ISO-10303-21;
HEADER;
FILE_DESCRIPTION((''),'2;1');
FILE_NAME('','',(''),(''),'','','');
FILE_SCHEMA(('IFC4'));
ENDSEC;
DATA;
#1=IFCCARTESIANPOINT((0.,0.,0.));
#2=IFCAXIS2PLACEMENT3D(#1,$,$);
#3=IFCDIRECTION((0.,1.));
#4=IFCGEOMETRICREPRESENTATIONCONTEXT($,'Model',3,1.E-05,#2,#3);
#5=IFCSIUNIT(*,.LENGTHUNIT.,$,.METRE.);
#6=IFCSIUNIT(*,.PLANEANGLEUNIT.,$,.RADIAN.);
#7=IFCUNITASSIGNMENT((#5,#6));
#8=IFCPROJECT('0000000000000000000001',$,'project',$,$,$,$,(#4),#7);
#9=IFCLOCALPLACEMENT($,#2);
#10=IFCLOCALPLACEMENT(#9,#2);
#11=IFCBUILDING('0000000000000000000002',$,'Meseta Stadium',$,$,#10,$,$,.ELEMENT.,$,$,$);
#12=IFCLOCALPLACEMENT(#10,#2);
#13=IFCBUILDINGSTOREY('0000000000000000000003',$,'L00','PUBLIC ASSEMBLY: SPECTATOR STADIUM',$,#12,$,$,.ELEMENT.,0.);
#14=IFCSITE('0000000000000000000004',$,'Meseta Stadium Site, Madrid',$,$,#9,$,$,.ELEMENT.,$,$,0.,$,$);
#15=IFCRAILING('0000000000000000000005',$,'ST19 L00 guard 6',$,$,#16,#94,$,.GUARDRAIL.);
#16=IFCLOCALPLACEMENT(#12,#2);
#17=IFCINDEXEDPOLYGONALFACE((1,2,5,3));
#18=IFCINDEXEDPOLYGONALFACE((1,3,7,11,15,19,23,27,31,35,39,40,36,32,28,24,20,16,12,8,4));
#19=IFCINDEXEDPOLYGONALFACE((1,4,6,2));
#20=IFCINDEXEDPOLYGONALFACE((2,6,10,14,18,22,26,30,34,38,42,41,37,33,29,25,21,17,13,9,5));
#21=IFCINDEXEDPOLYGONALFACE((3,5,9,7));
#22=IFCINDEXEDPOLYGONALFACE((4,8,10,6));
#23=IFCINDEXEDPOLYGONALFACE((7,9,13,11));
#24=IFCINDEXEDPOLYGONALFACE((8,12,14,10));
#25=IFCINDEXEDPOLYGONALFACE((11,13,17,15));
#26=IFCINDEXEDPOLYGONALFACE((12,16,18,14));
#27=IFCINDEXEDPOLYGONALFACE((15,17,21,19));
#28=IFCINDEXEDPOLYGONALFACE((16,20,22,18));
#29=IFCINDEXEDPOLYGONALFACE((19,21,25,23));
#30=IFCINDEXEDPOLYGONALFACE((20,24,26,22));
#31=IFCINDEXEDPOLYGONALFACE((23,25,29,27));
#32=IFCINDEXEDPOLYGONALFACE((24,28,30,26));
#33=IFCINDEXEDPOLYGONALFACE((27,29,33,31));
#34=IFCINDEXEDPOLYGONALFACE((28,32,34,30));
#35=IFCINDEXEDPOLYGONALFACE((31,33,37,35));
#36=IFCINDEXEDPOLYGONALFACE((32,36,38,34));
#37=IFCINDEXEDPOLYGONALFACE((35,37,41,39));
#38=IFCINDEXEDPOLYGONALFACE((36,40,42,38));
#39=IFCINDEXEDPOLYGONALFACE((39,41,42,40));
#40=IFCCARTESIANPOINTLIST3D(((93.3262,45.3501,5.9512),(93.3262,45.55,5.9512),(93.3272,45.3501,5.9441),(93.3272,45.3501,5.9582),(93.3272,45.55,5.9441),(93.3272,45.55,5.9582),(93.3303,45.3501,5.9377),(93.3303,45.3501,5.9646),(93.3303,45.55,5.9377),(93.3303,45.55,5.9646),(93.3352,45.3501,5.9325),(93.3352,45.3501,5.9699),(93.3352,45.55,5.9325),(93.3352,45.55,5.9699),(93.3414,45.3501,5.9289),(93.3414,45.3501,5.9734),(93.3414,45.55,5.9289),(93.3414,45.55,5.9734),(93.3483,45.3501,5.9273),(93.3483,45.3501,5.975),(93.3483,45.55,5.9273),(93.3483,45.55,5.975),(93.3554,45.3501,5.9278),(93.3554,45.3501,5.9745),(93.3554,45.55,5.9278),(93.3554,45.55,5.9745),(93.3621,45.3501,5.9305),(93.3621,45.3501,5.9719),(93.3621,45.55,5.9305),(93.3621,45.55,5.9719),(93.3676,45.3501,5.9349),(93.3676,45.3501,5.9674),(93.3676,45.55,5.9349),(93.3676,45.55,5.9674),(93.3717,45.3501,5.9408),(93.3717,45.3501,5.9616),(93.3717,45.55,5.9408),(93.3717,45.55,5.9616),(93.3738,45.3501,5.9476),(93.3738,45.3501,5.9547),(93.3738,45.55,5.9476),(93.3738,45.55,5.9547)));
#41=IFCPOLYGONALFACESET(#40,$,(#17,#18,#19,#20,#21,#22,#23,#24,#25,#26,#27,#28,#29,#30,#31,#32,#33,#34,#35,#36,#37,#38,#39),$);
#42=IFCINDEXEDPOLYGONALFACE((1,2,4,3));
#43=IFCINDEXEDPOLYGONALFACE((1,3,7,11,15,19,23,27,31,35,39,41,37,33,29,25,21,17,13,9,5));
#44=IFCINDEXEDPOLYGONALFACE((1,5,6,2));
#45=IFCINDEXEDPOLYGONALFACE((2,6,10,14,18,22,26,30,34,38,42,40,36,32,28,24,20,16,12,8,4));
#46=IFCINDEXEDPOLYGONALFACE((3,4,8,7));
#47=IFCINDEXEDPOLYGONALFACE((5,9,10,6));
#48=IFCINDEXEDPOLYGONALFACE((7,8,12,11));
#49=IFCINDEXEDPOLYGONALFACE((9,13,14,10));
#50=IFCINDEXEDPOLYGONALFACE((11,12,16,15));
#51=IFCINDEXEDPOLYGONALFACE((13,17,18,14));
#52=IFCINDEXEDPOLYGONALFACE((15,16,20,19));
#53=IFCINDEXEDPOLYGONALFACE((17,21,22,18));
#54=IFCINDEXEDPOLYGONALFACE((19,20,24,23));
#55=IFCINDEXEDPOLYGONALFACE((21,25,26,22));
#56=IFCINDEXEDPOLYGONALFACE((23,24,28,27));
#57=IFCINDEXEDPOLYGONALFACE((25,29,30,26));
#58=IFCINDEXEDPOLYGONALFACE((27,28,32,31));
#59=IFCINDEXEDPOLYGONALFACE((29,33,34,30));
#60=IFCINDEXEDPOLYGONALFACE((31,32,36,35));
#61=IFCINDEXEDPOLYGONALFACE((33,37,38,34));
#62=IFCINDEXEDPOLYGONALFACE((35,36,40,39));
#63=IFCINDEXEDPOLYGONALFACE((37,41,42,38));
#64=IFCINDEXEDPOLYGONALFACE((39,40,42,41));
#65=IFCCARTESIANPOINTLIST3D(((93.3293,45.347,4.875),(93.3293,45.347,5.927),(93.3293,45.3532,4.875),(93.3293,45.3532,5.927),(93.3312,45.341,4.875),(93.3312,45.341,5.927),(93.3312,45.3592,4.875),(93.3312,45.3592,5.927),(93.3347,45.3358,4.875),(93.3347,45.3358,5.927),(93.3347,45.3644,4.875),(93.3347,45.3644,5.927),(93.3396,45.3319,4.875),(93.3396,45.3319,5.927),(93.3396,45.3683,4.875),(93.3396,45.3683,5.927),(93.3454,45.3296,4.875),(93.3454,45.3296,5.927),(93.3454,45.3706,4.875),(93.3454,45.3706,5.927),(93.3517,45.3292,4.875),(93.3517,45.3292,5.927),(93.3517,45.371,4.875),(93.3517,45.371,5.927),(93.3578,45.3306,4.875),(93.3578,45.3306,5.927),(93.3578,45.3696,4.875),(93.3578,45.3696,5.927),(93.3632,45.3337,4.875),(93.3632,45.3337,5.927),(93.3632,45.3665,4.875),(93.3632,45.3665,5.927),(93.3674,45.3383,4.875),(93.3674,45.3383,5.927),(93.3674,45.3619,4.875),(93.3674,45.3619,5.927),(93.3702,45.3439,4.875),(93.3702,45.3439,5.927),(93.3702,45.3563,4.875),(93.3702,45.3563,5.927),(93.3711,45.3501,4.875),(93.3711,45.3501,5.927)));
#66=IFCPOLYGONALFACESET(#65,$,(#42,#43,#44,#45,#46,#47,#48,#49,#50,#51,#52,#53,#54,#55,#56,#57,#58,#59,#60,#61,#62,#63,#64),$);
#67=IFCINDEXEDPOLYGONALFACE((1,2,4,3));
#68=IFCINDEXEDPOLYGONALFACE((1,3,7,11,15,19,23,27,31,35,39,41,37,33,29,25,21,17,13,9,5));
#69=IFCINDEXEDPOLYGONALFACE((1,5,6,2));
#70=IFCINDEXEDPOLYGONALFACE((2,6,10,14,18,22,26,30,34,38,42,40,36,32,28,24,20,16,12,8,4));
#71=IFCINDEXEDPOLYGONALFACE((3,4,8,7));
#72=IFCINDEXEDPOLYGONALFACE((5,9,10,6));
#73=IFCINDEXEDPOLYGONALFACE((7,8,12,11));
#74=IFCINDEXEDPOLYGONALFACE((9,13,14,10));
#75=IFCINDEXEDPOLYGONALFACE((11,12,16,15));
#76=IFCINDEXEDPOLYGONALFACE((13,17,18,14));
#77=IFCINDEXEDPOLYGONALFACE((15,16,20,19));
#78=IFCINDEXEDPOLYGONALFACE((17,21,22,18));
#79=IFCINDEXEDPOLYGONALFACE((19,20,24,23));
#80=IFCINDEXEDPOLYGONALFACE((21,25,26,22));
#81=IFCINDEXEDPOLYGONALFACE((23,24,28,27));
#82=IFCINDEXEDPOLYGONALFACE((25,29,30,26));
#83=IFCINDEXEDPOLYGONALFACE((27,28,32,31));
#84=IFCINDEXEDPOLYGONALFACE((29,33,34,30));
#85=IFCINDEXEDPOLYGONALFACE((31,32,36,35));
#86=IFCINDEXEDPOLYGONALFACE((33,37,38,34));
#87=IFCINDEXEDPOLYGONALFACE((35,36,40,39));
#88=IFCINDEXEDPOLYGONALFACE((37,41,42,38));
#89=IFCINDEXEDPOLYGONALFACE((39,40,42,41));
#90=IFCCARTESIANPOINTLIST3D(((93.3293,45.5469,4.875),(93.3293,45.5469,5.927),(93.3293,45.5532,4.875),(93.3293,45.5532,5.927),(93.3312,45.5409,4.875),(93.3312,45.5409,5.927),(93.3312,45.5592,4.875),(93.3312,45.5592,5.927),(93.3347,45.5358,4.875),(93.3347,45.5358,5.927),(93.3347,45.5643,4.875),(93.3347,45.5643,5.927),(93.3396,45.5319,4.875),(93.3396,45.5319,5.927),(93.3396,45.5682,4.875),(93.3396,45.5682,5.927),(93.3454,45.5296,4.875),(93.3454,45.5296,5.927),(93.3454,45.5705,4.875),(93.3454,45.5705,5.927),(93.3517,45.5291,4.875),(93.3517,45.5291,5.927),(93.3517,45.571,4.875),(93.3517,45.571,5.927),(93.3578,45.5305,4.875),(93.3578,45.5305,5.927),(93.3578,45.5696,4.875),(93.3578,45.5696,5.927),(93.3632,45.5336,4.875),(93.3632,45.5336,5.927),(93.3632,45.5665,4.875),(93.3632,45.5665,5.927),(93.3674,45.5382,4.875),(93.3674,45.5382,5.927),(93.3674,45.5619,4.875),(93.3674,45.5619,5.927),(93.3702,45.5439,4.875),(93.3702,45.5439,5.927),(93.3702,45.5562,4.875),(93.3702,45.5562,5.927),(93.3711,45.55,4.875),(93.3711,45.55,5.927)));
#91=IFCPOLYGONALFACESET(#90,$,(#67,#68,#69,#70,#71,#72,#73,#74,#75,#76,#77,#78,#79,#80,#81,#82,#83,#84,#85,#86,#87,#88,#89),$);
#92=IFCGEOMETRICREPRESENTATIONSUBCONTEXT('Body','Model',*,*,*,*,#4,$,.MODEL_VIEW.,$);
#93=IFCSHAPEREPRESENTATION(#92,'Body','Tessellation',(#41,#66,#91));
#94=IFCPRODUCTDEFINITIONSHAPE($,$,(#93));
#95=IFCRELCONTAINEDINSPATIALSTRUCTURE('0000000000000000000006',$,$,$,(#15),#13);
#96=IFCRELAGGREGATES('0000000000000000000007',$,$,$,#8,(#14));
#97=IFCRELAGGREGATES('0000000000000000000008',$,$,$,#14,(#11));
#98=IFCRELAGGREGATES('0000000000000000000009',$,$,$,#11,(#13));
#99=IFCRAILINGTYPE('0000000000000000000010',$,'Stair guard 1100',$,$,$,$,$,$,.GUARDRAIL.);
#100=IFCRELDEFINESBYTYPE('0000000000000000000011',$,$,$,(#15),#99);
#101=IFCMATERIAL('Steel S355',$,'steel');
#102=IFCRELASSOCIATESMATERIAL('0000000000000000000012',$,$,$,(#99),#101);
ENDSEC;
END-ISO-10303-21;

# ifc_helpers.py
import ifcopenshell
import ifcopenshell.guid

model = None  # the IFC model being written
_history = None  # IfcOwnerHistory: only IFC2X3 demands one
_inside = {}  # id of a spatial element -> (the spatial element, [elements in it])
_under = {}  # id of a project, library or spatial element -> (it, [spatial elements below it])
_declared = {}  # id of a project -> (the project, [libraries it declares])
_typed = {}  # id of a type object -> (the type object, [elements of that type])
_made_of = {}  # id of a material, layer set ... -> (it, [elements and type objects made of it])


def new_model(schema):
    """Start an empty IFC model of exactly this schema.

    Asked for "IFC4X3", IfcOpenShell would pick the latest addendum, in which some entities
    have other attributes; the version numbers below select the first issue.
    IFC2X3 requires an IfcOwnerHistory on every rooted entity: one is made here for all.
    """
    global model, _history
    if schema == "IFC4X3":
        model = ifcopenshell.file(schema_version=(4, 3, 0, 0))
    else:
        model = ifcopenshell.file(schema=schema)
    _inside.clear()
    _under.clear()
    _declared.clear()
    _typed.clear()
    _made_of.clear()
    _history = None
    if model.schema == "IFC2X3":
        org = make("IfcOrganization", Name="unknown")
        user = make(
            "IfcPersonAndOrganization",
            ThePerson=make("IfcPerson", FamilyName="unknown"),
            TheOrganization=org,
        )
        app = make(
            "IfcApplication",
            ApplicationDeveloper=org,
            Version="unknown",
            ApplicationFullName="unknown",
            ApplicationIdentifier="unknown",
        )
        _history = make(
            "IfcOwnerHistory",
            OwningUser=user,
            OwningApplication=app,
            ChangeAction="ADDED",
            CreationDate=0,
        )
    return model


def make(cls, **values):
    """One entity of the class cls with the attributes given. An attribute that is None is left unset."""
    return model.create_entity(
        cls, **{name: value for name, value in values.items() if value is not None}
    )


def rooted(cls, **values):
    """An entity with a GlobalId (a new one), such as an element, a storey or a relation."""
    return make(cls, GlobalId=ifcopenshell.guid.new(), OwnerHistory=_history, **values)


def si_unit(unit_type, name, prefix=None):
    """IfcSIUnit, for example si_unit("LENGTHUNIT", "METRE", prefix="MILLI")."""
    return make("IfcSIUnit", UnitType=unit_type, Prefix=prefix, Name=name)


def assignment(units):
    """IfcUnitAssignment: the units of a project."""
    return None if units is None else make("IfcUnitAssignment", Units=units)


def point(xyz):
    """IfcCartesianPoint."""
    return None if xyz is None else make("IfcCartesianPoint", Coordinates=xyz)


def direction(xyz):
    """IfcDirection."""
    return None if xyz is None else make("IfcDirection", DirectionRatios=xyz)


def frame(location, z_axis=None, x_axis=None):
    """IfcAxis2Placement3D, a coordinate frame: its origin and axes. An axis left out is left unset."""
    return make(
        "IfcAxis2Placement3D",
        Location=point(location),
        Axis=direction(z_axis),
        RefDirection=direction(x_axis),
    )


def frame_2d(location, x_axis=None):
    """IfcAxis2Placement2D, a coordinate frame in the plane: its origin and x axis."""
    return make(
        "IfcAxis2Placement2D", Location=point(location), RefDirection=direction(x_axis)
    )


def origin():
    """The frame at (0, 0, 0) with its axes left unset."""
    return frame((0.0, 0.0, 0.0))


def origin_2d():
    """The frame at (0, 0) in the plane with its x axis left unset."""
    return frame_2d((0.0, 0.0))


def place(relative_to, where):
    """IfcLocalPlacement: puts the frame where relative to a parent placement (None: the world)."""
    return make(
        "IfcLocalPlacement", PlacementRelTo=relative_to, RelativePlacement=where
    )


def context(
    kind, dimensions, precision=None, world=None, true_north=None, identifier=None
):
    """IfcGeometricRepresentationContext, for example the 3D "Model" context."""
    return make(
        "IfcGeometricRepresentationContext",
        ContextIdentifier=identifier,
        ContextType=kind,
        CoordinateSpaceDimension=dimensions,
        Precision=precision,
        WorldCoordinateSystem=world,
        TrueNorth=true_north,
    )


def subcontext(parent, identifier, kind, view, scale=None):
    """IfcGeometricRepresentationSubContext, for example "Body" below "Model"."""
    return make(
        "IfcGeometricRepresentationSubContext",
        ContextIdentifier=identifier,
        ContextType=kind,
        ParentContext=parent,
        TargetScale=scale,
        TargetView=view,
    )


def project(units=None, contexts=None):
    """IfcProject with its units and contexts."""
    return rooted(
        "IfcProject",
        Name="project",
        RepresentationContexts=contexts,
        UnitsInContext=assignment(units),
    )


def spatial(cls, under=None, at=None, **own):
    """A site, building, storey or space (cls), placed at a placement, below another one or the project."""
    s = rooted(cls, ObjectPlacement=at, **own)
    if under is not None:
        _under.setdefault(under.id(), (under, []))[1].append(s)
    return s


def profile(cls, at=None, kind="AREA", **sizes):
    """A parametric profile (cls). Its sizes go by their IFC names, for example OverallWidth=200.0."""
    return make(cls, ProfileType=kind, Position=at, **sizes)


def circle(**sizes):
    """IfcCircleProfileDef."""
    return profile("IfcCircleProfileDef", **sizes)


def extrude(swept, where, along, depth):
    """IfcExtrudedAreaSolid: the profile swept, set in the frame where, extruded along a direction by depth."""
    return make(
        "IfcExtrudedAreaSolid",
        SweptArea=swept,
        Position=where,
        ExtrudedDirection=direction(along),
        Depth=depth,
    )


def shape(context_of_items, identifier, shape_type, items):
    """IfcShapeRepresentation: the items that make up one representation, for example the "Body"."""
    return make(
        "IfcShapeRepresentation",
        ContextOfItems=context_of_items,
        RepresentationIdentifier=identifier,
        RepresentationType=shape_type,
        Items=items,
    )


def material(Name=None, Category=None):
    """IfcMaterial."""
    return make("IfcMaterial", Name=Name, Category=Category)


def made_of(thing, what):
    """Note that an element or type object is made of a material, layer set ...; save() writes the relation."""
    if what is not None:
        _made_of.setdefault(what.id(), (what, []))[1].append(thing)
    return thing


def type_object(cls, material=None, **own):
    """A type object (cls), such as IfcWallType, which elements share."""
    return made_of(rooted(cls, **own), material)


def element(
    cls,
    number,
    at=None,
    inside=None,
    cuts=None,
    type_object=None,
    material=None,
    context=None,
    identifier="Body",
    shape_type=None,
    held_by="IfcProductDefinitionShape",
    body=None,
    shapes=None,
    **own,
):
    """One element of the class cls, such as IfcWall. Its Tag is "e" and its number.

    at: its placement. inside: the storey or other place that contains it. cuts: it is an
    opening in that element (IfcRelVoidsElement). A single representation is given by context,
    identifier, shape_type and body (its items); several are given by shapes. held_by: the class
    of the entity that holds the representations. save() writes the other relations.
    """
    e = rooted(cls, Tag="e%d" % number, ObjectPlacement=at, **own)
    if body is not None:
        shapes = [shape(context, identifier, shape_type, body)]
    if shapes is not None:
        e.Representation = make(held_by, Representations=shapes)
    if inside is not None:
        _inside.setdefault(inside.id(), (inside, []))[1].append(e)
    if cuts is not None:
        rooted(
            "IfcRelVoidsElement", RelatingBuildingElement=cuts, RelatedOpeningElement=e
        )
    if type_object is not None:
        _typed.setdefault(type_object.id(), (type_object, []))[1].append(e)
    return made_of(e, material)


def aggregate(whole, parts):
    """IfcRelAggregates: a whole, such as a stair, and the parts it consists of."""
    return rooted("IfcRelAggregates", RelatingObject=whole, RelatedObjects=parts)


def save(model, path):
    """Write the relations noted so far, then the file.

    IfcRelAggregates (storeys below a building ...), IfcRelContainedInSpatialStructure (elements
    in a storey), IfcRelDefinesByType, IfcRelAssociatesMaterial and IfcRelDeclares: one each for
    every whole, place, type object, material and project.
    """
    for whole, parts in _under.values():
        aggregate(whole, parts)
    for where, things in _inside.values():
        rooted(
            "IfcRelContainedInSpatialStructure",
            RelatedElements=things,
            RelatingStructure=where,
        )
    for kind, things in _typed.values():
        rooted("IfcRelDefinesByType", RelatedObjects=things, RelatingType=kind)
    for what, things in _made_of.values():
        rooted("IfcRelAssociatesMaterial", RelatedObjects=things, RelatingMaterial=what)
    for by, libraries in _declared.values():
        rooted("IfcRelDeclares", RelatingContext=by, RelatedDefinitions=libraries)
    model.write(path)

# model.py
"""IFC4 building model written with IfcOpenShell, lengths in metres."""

from ifc_helpers import new_model, si_unit, direction, frame, origin, origin_2d, place, context, subcontext, project, spatial, circle, extrude, material, type_object, element, save


model = new_model("IFC4")

# Units and contexts
model_context = context("Model", 3, precision=1e-05, world=origin(), true_north=direction((0.0, 1.0)))
body_context = subcontext(model_context, "Body", "Model", "MODEL_VIEW")
ifc_project = project(units=[si_unit("LENGTHUNIT", "METRE"), si_unit("PLANEANGLEUNIT", "RADIAN")], contexts=[model_context])

# Site, building, storey
site_placement = place(None, origin())
site = spatial("IfcSite", under=ifc_project, at=site_placement, Name="Meseta Stadium Site, Madrid", CompositionType="ELEMENT", RefElevation=0.0)
building_placement = place(site_placement, origin())
building = spatial("IfcBuilding", under=site, at=building_placement, Name="Meseta Stadium", CompositionType="ELEMENT")
storey_placement = place(building_placement, origin())
storey = spatial("IfcBuildingStorey", under=building, at=storey_placement, Name="L00", Description="PUBLIC ASSEMBLY: SPECTATOR STADIUM", CompositionType="ELEMENT", Elevation=0.0)

# Railing
ifc_material_1 = material(Name="Steel S355", Category="steel")
railing_type_1 = type_object("IfcRailingType", Name="Stair guard 1100", PredefinedType="GUARDRAIL", material=ifc_material_1)
railing_1_placement = place(storey_placement, frame((93.3501, 45.3501, 4.875)))
element("IfcRailing", 1, at=railing_1_placement, inside=storey, type_object=railing_type_1, Name="ST19 L00 guard 6", PredefinedType="GUARDRAIL", context=body_context, shape_type="SweptSolid", body=[
    extrude(circle(Radius=0.0239, at=origin_2d()), frame((0.0, 0.0, 1.0762), z_axis=(0.0, 1.0, 0.0), x_axis=(-1.0, 0.0, 0.0)), (0.0, 0.0, 1.0), 0.2),
    extrude(circle(Radius=0.021, at=origin_2d()), origin(), (0.0, 0.0, 1.0), 1.052),
    extrude(circle(Radius=0.021, at=origin_2d()), frame((0.0, 0.2, 0.0)), (0.0, 0.0, 1.0), 1.052),
])

save(model, "model.ifc")
